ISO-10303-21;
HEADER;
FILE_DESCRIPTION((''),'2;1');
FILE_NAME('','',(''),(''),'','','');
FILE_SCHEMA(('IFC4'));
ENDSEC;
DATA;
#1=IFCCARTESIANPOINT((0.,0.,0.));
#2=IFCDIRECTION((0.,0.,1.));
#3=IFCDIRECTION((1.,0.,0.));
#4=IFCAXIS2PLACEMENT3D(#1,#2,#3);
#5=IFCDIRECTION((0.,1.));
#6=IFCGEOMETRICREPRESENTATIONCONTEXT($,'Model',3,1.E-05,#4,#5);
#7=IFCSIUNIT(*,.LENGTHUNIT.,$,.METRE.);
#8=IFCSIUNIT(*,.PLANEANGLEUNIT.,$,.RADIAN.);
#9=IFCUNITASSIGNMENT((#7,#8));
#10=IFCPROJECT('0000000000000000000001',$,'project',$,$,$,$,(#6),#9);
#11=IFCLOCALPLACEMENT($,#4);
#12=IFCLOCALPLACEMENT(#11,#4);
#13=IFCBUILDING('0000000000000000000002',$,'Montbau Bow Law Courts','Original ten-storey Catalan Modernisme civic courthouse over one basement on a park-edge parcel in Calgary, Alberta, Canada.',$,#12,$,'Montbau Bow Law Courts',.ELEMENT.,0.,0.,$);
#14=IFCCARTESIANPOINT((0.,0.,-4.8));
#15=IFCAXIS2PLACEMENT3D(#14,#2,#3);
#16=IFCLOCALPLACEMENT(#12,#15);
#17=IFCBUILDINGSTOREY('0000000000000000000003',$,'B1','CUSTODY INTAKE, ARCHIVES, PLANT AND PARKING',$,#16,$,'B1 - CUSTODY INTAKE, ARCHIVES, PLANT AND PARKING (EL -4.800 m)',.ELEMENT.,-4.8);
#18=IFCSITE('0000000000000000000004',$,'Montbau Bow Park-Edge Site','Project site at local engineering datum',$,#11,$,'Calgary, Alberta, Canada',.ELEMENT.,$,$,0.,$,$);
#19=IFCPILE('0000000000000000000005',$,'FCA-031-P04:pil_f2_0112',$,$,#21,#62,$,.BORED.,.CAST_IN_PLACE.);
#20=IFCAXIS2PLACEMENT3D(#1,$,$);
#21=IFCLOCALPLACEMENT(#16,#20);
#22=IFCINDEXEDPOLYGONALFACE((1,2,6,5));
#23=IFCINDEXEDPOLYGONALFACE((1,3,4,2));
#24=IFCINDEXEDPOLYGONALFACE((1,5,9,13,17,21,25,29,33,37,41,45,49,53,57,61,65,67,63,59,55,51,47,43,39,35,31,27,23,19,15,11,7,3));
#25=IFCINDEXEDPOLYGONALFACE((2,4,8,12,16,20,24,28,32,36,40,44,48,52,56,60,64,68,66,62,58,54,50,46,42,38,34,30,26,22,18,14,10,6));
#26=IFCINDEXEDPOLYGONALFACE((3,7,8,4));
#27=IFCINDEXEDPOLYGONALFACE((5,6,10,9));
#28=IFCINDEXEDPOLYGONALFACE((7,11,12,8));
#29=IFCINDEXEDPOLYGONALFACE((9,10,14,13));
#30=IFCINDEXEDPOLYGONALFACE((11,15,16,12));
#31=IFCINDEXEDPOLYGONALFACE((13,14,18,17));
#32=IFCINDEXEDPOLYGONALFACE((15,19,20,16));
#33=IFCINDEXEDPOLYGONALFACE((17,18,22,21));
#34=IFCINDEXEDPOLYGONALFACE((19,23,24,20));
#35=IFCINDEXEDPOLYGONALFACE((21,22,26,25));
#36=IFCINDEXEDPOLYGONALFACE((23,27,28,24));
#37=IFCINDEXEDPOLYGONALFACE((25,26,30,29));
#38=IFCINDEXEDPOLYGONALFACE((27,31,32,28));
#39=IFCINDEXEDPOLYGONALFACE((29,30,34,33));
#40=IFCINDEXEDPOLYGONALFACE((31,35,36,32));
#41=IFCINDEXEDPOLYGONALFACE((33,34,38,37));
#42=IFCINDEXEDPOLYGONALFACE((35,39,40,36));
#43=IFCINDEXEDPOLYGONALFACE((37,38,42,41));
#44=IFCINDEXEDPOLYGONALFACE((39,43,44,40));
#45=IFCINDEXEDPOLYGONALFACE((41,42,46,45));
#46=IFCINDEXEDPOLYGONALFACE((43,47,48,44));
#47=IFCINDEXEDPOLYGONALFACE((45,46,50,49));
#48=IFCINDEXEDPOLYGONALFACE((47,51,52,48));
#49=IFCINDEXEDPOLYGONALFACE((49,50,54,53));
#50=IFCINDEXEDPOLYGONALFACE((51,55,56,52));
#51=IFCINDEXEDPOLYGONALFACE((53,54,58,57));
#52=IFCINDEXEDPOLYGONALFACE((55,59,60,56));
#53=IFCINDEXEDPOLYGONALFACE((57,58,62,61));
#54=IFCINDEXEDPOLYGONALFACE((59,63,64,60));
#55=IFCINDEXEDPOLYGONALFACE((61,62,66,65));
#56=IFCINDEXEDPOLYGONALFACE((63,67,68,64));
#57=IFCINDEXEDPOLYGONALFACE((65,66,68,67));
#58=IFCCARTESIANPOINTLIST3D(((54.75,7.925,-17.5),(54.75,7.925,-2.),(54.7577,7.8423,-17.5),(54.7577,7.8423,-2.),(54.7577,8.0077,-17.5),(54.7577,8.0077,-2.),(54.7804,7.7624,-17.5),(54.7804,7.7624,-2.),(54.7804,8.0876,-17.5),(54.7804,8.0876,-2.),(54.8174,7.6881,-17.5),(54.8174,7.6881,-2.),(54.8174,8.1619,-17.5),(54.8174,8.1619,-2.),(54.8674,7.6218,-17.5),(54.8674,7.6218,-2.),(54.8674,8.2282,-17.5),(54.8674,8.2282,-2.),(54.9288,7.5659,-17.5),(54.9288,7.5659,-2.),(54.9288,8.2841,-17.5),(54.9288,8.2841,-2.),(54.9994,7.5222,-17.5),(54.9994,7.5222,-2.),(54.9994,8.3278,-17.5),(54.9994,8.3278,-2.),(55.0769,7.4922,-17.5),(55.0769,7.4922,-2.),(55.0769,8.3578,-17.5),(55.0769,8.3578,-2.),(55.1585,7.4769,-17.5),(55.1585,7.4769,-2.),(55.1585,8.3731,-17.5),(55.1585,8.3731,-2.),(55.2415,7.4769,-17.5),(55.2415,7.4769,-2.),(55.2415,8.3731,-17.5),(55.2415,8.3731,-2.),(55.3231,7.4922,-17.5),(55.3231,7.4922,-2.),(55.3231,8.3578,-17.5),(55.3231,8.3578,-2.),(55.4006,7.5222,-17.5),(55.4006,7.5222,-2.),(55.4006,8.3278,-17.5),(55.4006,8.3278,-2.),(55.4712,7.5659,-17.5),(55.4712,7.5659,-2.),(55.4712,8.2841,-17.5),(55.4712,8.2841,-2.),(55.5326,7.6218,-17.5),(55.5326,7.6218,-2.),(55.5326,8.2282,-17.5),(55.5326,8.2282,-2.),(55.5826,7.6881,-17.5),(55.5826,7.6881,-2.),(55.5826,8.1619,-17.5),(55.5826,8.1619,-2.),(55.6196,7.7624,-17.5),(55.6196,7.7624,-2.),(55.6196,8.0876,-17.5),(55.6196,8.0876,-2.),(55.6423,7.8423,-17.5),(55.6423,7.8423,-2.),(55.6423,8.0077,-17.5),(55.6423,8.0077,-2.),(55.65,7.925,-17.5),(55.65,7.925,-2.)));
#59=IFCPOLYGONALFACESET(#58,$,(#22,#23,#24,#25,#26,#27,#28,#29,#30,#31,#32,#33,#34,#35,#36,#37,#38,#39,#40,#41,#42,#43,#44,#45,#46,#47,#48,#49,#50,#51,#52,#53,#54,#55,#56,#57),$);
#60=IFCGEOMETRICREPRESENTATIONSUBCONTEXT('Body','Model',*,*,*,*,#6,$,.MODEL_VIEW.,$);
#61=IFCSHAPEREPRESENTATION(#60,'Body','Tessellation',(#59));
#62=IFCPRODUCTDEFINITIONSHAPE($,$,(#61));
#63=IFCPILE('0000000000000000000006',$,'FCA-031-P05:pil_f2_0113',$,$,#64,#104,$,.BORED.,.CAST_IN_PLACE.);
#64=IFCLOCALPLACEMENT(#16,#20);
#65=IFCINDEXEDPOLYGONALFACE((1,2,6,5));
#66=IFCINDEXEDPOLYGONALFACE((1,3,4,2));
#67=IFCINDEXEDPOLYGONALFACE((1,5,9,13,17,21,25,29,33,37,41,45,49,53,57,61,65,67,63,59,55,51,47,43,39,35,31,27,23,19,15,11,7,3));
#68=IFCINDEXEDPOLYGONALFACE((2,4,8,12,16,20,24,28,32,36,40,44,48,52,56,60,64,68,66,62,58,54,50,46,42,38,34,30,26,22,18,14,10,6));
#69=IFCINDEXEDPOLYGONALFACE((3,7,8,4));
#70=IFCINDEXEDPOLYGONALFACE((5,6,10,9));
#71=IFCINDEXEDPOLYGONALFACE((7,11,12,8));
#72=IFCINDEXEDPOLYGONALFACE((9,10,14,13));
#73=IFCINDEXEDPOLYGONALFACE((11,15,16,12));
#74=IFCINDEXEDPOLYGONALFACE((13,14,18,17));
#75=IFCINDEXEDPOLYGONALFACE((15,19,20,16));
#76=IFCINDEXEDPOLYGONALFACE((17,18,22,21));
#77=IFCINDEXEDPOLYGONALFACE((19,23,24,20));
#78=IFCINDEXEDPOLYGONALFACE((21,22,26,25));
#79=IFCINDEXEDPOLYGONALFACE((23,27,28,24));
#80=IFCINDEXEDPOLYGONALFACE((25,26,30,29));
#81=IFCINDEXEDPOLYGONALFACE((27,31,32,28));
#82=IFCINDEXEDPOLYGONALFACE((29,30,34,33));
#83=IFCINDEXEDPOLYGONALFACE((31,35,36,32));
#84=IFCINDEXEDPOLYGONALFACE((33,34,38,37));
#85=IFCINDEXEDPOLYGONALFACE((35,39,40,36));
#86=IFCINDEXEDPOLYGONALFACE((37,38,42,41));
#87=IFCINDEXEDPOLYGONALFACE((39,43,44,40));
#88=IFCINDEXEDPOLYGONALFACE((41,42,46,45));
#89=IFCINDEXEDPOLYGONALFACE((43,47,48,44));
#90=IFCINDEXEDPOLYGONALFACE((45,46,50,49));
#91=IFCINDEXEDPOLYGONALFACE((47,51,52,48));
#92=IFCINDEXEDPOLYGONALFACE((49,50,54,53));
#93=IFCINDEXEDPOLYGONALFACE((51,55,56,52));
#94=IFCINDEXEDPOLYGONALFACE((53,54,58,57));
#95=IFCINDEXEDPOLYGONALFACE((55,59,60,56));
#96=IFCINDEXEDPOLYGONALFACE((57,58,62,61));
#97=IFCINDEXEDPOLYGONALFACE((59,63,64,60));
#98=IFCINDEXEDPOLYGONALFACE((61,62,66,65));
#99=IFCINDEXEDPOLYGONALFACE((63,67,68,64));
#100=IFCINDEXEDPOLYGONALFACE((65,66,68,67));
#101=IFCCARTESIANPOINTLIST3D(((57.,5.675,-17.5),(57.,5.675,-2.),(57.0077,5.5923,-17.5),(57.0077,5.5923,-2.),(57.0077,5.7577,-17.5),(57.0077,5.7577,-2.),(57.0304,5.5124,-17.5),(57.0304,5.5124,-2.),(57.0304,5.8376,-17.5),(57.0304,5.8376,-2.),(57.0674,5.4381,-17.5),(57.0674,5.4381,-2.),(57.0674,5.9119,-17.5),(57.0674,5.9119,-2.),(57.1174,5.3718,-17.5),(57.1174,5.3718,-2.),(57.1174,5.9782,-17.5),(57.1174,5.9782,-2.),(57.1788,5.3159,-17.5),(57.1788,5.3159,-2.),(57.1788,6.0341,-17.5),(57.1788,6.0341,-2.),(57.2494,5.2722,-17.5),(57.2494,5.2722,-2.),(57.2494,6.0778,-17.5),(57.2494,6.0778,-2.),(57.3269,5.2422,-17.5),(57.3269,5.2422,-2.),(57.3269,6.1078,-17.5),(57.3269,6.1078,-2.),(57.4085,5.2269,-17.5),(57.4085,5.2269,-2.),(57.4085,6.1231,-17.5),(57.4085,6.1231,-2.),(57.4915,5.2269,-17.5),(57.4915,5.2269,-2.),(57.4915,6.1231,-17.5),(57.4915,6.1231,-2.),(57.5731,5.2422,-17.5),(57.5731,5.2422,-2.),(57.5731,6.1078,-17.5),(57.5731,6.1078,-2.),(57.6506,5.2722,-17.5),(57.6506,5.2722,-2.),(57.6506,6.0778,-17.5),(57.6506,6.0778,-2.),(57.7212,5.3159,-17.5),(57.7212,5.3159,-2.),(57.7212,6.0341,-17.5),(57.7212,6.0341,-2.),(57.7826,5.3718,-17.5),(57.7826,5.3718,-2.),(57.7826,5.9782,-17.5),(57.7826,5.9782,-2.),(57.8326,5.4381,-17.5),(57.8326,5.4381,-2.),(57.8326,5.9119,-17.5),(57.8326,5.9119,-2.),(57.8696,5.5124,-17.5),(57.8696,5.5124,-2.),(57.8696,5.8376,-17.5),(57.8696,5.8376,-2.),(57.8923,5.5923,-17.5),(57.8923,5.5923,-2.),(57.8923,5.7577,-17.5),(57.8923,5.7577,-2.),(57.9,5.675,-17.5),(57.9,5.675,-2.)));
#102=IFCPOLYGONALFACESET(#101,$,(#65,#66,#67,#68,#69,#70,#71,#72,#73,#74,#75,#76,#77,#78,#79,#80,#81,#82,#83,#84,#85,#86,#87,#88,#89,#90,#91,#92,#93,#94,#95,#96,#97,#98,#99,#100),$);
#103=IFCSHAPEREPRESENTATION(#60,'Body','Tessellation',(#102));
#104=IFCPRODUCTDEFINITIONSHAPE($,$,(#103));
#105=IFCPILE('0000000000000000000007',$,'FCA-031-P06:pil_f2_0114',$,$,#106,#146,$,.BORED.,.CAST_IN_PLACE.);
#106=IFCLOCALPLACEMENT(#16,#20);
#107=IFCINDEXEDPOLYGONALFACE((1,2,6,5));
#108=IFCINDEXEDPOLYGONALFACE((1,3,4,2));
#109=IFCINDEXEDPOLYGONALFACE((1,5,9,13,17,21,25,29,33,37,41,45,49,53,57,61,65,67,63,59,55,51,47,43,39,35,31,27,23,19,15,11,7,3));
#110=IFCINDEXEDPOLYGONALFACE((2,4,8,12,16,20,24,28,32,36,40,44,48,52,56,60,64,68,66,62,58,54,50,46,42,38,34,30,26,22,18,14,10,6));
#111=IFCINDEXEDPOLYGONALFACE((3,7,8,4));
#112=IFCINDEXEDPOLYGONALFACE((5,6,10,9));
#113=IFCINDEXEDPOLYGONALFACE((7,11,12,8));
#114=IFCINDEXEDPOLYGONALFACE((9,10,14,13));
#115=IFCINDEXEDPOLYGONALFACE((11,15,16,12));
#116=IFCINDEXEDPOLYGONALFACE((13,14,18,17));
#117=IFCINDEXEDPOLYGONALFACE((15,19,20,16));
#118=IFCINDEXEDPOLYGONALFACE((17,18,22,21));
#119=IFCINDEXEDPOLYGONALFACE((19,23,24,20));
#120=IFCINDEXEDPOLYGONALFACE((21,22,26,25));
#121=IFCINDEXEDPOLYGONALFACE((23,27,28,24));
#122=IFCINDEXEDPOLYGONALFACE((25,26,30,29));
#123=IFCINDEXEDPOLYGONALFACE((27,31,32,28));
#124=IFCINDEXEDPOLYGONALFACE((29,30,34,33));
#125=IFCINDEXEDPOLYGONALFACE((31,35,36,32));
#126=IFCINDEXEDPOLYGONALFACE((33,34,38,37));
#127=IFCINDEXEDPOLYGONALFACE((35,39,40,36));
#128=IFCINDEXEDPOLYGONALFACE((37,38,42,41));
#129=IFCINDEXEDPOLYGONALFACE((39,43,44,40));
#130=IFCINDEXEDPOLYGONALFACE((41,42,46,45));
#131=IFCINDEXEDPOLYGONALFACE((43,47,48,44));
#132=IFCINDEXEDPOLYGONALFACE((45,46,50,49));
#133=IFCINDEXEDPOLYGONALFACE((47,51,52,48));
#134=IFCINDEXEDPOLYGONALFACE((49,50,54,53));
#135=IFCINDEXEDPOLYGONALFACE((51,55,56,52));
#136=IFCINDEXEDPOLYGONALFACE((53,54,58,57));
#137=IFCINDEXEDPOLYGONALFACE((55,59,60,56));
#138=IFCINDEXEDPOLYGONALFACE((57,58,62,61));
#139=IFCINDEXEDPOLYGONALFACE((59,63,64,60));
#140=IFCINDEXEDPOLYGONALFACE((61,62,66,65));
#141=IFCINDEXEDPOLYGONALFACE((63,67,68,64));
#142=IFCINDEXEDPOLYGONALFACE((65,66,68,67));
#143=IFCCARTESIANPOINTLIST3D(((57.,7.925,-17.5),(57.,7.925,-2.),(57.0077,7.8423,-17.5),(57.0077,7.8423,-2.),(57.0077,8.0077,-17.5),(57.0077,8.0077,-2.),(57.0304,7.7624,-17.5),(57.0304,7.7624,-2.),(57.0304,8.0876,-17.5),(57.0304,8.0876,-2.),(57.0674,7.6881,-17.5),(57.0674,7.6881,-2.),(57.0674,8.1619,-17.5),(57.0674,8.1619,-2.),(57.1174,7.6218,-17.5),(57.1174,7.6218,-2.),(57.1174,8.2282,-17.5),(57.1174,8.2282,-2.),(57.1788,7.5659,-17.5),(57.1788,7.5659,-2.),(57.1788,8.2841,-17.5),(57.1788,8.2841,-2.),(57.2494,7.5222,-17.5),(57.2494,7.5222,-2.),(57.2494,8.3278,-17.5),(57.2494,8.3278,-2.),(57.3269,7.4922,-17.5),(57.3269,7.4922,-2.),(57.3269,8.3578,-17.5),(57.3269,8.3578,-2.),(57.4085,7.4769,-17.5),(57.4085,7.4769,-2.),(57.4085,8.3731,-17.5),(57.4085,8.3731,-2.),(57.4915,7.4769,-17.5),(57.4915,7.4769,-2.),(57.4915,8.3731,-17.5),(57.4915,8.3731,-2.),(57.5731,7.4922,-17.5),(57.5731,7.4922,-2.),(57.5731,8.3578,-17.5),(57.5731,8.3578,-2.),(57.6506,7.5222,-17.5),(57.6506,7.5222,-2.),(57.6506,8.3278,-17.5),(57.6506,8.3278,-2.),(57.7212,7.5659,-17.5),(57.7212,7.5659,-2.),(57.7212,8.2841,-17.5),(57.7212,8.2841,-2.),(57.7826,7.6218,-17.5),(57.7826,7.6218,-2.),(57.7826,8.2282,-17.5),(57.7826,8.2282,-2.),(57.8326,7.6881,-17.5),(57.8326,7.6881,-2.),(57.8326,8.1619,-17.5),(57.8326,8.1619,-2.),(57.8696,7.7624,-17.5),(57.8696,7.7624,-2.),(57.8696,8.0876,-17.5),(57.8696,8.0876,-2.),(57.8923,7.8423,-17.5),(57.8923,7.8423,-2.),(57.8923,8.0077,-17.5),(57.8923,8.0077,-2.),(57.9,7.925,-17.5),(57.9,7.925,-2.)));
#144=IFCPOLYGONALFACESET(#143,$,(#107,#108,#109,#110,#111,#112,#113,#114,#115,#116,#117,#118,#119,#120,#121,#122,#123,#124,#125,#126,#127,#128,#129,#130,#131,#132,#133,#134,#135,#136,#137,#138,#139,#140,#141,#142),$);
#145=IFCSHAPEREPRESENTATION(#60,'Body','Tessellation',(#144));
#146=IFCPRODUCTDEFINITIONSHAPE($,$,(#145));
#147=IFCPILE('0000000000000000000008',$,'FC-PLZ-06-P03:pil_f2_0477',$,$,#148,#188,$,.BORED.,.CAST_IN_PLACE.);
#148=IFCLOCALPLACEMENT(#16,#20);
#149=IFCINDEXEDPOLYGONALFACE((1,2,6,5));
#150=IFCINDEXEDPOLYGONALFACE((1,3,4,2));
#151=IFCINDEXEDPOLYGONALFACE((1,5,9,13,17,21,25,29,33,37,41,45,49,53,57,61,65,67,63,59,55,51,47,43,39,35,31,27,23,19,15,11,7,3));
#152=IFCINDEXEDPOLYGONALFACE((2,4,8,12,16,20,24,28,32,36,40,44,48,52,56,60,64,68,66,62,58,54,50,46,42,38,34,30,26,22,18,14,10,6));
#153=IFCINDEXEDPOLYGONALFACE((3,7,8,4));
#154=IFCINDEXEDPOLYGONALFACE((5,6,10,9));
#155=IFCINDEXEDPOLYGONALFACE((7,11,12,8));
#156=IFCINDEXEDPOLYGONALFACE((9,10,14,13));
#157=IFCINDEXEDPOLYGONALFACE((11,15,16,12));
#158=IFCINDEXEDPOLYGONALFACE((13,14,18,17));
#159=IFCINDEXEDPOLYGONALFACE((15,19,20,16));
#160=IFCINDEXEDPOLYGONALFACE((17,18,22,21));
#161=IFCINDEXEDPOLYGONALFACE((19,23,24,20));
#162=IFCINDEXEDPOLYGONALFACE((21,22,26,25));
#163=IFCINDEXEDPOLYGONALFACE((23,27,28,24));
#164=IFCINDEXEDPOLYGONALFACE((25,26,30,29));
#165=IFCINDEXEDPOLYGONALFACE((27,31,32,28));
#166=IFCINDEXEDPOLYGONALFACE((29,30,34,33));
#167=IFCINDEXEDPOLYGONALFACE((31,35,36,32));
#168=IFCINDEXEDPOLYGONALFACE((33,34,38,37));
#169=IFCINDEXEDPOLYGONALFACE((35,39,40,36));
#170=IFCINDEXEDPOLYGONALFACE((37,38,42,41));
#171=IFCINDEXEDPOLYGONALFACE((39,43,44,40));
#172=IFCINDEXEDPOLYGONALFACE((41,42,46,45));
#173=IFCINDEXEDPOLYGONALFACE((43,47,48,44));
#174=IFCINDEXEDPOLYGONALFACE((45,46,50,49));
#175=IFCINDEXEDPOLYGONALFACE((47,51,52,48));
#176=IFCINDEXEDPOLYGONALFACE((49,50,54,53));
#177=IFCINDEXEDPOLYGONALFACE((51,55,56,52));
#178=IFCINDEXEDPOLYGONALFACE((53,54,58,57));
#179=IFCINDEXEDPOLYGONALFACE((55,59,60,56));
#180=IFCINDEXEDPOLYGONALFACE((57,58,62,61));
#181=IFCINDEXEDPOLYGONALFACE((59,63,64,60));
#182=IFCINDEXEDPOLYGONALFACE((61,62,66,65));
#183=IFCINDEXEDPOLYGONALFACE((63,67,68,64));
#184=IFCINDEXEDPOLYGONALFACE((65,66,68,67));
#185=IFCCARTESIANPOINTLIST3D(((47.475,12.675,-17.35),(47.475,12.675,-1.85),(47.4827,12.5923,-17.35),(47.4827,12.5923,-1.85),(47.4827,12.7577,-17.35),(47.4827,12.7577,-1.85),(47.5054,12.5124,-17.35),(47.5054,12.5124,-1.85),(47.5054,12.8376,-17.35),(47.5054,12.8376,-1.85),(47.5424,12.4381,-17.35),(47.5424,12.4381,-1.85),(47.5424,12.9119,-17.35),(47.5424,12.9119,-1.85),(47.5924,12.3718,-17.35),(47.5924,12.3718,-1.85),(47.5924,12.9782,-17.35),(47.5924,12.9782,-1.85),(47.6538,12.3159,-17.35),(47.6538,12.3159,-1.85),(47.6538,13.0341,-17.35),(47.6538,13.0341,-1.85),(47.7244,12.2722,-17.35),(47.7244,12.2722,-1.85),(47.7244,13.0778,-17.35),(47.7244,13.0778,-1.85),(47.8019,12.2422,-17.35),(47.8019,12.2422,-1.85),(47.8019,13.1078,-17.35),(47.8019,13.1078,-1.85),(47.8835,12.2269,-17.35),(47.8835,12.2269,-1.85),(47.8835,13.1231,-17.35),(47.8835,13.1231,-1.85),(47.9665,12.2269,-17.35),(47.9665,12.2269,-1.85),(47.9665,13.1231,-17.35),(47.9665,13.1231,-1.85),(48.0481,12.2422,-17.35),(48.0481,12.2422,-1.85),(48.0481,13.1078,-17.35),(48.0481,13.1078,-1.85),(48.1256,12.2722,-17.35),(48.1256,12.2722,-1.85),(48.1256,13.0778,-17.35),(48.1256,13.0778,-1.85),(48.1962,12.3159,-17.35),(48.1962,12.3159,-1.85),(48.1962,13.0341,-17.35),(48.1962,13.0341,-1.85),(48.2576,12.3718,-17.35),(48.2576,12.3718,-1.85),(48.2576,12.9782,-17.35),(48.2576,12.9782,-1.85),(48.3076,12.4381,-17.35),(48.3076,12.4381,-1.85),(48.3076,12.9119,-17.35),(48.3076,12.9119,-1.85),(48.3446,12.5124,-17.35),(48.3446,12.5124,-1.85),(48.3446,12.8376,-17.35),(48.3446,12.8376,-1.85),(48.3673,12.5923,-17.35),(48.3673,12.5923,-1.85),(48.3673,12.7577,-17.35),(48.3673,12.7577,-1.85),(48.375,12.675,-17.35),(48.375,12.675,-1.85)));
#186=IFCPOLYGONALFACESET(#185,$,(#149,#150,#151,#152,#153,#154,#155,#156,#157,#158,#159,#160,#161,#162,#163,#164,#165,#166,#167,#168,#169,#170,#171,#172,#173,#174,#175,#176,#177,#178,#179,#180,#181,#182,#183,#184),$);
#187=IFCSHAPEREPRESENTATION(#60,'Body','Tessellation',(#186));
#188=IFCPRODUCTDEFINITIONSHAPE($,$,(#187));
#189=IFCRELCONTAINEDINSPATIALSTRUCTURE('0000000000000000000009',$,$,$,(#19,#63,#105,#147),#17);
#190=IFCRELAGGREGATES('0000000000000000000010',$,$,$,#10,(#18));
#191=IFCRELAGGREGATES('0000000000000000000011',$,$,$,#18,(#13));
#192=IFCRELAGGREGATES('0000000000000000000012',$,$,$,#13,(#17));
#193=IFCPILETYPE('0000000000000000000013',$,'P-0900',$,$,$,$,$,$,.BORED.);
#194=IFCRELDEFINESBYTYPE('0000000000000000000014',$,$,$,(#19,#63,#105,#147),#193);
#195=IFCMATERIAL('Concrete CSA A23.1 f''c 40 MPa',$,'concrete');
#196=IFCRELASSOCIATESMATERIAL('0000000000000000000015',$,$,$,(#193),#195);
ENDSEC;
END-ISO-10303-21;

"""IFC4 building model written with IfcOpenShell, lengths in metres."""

from ifc_helpers import new_model, si_unit, direction, frame, origin_with_axes, origin_2d_with_axis, place, context, subcontext, project, spatial, circle, extrude, material, material_profile, profile_set, type_object, element, save


model = new_model("IFC4")

# Units and contexts
model_context = context("Model", 3, precision=1e-05, world=origin_with_axes(), true_north=direction((0.0, 1.0)))
body_context = subcontext(model_context, "Body", "Model", "MODEL_VIEW")
ifc_project = project(units=[si_unit("LENGTHUNIT", "METRE"), si_unit("PLANEANGLEUNIT", "RADIAN")], contexts=[model_context])

# Site, building, storey
site_placement = place(None, origin_with_axes())
site = spatial("IfcSite", under=ifc_project, at=site_placement, Name="Montbau Bow Park-Edge Site", Description="Project site at local engineering datum", LongName="Calgary, Alberta, Canada", CompositionType="ELEMENT", RefElevation=0.0)
building_placement = place(site_placement, origin_with_axes())
building = spatial("IfcBuilding", under=site, at=building_placement, Name="Montbau Bow Law Courts", Description="Original ten-storey Catalan Modernisme civic courthouse over one basement on a park-edge parcel in Calgary, Alberta, Canada.", LongName="Montbau Bow Law Courts", CompositionType="ELEMENT", ElevationOfRefHeight=0.0, ElevationOfTerrain=0.0)
storey_placement = place(building_placement, frame((0.0, 0.0, -4.8), z_axis=(0.0, 0.0, 1.0), x_axis=(1.0, 0.0, 0.0)))
storey = spatial("IfcBuildingStorey", under=building, at=storey_placement, Name="B1", Description="CUSTODY INTAKE, ARCHIVES, PLANT AND PARKING", LongName="B1 - CUSTODY INTAKE, ARCHIVES, PLANT AND PARKING (EL -4.800 m)", CompositionType="ELEMENT", Elevation=-4.8)

# Piles
ifc_material_1 = material(Name="Concrete CSA A23.1 f'c 40 MPa", Category="concrete")
ifc_material_profile_1 = material_profile(ifc_material_1, circle(Radius=0.45, at=origin_2d_with_axis()), Name="BP900", Category="Main", Priority=0)
ifc_profile_set_1 = profile_set([ifc_material_profile_1], Name="Concrete CSA A23.1 f'c 40 MPa")
pile_type_1 = type_object("IfcPileType", Name="P-0900", PredefinedType="BORED", material=ifc_profile_set_1)
for number, where, z_axis, x_axis, name in (
    (1, (55.2, 7.925, -22.3), (0.0, 0.0, 1.0), (1.0, 0.0, 0.0), "FCA-031-P04:pil_f2_0112"),
    (2, (57.45, 5.675, -22.3), (0.0, 0.0, 1.0), (1.0, 0.0, 0.0), "FCA-031-P05:pil_f2_0113"),
    (3, (57.45, 7.925, -22.3), (0.0, 0.0, 1.0), (1.0, 0.0, 0.0), "FCA-031-P06:pil_f2_0114"),
    (4, (47.925, 12.675, -22.15), (0.0, 0.0, 1.0), (1.0, 0.0, 0.0), "FC-PLZ-06-P03:pil_f2_0477"),
):
    element("IfcPile", number, at=place(None, frame(where, z_axis=z_axis, x_axis=x_axis)), inside=storey, type_object=pile_type_1, Name=name, ConstructionType="CAST_IN_PLACE", PredefinedType="BORED", context=body_context, shape_type="SweptSolid", body=[
        extrude(circle(Radius=0.45, at=origin_2d_with_axis()), origin_with_axes(), (0.0, 0.0, 1.0), 15.5),
    ])

save(model, "model.ifc")
